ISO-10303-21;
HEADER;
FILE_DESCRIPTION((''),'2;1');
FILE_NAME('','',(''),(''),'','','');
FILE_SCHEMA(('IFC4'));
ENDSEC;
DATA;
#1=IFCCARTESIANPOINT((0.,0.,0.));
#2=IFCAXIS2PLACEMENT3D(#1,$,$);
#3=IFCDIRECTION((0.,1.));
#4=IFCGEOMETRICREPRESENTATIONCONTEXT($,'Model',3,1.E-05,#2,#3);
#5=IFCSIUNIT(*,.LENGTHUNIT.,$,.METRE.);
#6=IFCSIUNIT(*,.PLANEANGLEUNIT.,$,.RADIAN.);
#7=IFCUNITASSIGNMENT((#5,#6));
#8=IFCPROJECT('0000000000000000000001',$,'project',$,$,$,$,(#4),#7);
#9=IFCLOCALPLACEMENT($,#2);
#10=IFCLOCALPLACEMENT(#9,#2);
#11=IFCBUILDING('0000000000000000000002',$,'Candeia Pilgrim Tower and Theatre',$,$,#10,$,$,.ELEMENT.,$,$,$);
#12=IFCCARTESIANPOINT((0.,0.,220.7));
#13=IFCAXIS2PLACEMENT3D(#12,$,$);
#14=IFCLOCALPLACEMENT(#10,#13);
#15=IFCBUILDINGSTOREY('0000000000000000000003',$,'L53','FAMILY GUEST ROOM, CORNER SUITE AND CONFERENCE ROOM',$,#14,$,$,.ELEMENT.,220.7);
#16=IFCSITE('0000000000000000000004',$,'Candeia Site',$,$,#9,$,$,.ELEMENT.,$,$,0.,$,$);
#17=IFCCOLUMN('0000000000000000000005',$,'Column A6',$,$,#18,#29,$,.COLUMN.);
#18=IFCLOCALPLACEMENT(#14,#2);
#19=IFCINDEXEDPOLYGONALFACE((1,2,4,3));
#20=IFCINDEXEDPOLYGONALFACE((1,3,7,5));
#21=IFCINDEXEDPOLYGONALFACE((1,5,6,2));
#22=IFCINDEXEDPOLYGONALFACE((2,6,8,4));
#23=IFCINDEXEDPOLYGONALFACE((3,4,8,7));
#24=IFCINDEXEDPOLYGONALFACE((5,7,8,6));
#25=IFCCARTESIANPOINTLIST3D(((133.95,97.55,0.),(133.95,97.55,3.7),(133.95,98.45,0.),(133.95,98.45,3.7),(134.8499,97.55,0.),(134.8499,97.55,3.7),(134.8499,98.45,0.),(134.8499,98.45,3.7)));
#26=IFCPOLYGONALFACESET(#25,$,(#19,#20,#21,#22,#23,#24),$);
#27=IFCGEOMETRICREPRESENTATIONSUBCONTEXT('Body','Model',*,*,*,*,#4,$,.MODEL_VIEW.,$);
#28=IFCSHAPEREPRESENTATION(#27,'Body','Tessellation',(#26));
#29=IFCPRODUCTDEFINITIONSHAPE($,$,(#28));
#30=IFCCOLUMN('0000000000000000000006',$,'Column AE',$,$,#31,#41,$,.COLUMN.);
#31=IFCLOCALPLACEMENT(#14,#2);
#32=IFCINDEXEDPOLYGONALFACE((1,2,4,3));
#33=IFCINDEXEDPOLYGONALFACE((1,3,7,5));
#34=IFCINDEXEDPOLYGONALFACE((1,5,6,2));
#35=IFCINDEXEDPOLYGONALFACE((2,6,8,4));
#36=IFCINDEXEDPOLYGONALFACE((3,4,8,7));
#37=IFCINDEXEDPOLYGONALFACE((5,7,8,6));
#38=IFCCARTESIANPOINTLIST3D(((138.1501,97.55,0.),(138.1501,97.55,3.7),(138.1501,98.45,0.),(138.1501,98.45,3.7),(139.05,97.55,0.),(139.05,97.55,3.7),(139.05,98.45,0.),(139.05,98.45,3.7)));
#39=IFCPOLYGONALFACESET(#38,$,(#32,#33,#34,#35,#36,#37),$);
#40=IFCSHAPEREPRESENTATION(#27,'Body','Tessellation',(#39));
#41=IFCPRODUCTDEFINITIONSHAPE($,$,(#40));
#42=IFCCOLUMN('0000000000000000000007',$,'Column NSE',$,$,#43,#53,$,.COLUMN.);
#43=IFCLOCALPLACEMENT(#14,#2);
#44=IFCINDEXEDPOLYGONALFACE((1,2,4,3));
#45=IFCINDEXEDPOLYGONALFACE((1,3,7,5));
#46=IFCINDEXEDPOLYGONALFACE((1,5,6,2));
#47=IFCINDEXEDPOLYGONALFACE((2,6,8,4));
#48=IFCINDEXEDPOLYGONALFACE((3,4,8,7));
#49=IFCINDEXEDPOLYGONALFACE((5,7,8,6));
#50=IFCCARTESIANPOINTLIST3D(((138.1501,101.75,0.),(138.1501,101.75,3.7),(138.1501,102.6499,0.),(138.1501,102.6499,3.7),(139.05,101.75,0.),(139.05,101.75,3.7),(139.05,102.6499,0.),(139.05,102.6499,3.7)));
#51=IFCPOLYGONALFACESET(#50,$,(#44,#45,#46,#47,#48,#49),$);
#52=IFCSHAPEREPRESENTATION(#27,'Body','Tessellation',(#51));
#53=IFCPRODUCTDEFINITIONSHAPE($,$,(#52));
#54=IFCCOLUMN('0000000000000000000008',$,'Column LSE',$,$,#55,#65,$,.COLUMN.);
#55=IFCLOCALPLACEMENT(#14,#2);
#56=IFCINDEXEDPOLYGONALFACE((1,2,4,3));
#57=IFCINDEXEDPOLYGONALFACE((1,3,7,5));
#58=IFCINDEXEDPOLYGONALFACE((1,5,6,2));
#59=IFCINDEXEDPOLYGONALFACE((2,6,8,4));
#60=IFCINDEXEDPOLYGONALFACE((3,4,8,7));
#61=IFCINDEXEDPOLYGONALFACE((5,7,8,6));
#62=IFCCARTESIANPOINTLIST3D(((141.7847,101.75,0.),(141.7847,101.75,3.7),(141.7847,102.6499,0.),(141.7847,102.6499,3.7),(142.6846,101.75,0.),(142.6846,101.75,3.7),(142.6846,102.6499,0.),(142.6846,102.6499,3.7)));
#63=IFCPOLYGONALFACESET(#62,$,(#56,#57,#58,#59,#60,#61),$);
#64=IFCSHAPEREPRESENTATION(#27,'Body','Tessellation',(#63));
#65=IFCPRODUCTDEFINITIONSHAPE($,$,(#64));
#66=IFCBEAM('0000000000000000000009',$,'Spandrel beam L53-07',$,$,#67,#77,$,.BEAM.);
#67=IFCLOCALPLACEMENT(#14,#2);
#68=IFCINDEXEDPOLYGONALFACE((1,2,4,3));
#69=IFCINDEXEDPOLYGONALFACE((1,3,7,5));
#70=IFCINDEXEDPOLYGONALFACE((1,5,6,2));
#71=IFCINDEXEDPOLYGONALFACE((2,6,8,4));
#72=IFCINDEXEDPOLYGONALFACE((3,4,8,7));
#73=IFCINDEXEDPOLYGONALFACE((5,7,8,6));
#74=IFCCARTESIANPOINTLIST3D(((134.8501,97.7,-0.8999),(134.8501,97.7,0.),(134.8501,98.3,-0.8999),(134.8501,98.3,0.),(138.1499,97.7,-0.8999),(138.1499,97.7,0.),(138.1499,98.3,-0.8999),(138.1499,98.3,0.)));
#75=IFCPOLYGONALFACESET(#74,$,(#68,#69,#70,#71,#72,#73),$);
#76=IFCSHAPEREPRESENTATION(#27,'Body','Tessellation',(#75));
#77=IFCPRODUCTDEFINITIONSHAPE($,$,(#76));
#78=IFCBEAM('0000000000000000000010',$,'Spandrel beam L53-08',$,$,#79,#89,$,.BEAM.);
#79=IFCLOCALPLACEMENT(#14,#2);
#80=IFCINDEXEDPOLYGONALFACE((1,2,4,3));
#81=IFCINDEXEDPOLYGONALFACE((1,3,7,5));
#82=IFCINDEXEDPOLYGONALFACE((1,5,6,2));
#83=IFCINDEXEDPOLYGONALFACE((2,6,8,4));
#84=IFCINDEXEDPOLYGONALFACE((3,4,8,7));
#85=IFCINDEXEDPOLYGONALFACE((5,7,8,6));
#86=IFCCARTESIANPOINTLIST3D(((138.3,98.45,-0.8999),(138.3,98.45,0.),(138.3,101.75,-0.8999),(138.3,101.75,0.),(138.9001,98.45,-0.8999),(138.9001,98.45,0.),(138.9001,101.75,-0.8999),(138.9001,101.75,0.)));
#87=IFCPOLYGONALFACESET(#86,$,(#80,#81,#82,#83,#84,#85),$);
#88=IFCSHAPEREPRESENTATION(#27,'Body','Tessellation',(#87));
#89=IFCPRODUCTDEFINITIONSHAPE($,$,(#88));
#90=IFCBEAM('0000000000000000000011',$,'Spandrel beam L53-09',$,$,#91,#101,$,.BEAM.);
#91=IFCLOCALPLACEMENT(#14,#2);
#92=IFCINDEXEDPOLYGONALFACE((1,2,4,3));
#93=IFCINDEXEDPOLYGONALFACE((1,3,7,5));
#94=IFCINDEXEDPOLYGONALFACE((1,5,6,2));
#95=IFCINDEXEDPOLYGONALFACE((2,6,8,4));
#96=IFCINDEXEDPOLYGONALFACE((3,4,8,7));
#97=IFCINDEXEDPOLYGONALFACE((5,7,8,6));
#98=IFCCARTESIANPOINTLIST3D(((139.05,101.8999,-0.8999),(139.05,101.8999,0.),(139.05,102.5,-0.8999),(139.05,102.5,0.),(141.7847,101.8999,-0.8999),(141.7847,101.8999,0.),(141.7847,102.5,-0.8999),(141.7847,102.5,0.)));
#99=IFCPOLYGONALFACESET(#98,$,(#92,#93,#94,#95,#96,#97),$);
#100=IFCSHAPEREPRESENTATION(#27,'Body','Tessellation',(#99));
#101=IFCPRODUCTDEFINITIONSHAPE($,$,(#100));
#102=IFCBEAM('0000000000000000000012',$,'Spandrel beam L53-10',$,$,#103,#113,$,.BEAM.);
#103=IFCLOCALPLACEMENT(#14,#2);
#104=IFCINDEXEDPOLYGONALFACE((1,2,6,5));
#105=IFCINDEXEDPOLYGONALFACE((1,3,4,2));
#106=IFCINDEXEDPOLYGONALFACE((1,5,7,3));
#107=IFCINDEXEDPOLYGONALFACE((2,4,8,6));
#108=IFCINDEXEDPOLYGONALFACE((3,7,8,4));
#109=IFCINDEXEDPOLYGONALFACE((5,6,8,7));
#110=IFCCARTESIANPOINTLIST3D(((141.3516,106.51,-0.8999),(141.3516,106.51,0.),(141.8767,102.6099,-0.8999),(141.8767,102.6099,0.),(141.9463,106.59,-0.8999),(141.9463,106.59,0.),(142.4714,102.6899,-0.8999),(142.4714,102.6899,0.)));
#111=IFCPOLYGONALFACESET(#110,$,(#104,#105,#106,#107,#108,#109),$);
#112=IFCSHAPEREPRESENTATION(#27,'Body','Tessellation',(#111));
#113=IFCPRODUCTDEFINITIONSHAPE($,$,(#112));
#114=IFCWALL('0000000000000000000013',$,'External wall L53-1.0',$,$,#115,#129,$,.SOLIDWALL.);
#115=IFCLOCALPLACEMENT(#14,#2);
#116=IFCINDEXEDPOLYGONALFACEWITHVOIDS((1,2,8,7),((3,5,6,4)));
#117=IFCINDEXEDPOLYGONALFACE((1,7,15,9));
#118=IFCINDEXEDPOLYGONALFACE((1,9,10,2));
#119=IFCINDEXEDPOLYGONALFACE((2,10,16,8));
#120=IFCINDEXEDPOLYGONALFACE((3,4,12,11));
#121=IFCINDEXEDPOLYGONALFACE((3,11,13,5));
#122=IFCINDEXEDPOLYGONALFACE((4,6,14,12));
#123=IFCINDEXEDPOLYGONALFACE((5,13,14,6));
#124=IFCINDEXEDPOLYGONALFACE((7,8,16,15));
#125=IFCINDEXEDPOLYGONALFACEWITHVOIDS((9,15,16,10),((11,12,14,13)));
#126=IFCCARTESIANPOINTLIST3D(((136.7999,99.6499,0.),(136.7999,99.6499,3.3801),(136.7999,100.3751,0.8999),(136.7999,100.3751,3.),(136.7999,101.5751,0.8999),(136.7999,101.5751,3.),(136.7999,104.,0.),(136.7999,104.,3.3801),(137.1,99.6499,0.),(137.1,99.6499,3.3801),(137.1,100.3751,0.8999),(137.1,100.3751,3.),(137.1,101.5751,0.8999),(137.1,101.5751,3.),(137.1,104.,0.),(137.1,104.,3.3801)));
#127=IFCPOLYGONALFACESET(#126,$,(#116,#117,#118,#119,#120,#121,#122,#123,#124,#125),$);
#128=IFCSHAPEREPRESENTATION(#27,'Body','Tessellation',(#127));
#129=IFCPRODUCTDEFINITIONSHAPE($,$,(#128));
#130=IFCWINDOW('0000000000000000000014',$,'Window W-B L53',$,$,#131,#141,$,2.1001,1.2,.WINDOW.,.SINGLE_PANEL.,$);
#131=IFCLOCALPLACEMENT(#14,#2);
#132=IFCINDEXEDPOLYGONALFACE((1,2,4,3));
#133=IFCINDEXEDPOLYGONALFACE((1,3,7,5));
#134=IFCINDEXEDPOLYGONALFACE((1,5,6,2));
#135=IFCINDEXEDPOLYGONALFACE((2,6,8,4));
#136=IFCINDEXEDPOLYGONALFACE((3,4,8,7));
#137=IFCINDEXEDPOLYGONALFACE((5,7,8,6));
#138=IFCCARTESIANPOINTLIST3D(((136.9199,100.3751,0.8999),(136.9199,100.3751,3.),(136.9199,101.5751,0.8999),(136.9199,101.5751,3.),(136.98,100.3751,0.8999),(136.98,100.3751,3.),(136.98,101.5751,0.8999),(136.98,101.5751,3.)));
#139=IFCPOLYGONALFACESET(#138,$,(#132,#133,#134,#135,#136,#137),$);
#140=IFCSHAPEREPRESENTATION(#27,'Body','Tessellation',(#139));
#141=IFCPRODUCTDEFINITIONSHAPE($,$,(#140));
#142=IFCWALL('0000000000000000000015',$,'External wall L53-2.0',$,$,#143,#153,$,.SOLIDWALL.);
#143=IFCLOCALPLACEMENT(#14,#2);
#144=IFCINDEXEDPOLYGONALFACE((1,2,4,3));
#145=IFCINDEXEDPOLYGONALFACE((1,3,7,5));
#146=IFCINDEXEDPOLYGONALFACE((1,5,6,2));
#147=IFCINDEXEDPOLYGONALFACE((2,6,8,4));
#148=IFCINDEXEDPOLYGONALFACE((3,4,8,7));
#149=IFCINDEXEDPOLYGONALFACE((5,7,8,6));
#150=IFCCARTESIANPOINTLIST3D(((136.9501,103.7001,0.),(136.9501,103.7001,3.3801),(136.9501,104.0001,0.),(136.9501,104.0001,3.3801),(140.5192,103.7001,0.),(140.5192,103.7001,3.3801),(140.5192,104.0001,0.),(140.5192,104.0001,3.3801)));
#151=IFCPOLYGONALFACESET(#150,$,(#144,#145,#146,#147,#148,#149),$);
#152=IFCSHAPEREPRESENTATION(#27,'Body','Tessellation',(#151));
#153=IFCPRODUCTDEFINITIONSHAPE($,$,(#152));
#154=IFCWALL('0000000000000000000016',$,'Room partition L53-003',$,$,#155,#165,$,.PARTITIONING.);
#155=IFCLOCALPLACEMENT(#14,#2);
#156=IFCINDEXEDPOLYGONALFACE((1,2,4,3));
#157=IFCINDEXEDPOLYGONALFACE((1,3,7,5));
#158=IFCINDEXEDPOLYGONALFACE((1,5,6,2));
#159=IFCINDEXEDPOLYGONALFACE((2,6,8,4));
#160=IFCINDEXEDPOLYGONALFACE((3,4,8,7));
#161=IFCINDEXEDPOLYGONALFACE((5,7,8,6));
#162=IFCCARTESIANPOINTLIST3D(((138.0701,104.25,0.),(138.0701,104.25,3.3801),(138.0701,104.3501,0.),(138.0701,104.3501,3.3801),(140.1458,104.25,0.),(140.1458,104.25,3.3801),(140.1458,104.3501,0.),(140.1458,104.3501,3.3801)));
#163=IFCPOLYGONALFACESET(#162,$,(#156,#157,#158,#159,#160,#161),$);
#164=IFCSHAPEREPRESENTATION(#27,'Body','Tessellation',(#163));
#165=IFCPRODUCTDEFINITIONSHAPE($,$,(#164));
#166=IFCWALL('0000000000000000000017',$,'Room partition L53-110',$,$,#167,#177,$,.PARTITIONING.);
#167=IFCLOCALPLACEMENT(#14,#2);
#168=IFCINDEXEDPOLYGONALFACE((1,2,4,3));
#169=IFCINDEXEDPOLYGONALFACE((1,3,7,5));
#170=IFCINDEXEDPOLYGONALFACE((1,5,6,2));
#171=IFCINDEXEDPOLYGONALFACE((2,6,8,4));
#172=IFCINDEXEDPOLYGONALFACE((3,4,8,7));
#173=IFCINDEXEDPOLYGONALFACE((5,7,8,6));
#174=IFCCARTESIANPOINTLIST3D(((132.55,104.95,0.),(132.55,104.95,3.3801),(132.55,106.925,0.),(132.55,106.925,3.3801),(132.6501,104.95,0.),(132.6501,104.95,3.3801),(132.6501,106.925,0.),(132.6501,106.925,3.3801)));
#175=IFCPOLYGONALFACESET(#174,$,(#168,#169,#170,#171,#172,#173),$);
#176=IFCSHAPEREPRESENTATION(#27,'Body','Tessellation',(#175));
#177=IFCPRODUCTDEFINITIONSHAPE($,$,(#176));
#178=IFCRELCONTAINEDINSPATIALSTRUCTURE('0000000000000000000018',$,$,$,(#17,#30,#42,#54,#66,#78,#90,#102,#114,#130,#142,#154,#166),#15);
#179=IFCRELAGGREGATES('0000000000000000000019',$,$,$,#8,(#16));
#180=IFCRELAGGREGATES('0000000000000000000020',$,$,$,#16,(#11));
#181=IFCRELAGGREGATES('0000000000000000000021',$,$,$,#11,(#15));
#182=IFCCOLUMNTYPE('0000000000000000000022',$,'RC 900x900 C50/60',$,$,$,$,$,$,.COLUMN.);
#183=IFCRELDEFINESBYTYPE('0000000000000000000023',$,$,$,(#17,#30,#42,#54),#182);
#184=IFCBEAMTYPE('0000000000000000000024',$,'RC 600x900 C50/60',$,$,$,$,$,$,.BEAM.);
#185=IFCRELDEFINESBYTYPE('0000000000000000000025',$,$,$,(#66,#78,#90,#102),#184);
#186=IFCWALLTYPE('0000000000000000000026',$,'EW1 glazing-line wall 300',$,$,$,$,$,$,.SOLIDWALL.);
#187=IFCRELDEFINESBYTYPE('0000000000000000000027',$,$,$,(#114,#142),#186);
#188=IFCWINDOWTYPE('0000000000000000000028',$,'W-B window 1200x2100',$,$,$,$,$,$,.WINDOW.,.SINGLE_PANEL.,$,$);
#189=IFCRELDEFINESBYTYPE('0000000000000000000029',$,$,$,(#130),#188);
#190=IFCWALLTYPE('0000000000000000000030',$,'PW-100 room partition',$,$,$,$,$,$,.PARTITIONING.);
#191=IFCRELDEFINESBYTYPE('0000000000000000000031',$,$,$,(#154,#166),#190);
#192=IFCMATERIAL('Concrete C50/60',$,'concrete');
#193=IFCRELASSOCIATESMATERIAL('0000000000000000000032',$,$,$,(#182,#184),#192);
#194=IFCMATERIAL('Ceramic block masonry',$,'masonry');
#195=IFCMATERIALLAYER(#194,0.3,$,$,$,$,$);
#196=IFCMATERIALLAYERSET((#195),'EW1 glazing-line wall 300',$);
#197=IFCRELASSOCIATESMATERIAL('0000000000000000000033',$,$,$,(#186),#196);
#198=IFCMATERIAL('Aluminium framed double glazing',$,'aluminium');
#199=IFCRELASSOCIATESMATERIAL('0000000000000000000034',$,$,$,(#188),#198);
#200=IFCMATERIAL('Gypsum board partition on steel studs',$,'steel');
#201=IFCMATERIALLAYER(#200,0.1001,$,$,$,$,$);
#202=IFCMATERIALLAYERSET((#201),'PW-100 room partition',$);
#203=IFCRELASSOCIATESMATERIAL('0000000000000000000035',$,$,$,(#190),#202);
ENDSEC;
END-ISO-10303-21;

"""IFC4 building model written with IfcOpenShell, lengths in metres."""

from ifc_helpers import new_model, si_unit, direction, frame, frame_2d, origin, origin_2d, place, context, subcontext, project, spatial, rectangle, extrude, material, layer, layer_set, material_profile, profile_set, type_object, element, fill, save


model = new_model("IFC4")

# Units and contexts
model_context = context("Model", 3, precision=1e-05, world=origin(), true_north=direction((0.0, 1.0)))
body_context = subcontext(model_context, "Body", "Model", "MODEL_VIEW")
ifc_project = project(units=[si_unit("LENGTHUNIT", "METRE"), si_unit("PLANEANGLEUNIT", "RADIAN")], contexts=[model_context])

# Site, building, storey
site_placement = place(None, origin())
site = spatial("IfcSite", under=ifc_project, at=site_placement, Name="Candeia Site", CompositionType="ELEMENT", RefElevation=0.0)
building_placement = place(site_placement, origin())
building = spatial("IfcBuilding", under=site, at=building_placement, Name="Candeia Pilgrim Tower and Theatre", CompositionType="ELEMENT")
storey_placement = place(building_placement, frame((0.0, 0.0, 220.7)))
storey = spatial("IfcBuildingStorey", under=building, at=storey_placement, Name="L53", Description="FAMILY GUEST ROOM, CORNER SUITE AND CONFERENCE ROOM", CompositionType="ELEMENT", Elevation=220.7)

# Columns
ifc_material_1 = material(Name="Concrete C50/60", Category="concrete")
ifc_material_profile_1 = material_profile(ifc_material_1, rectangle(XDim=0.8999, YDim=0.8999, at=origin_2d()))
ifc_profile_set_1 = profile_set([ifc_material_profile_1], Name="Concrete C50/60")
column_type = type_object("IfcColumnType", Name="RC 900x900 C50/60", PredefinedType="COLUMN", material=ifc_profile_set_1)
for number, where, z_axis, x_axis, name in (
    (1, (134.3999, 98.0, 0.0), (0.0, 0.0, 1.0), (1.0, 0.0, 0.0), "Column A6"),
    (2, (138.6001, 98.0, 0.0), (0.0, 0.0, 1.0), (1.0, 0.0, 0.0), "Column AE"),
    (3, (138.6001, 102.2, 0.0), (0.0, 0.0, 1.0), (1.0, 0.0, 0.0), "Column NSE"),
    (4, (142.2346, 102.2, 0.0), (0.0, 0.0, 1.0), (1.0, 0.0, 0.0), "Column LSE"),
):
    element("IfcColumn", number, at=place(storey_placement, frame(where, z_axis=z_axis, x_axis=x_axis)), inside=storey, type_object=column_type, Name=name, PredefinedType="COLUMN", context=body_context, shape_type="SweptSolid", body=[
        extrude(rectangle(XDim=0.8999, YDim=0.8999, at=origin_2d()), origin(), (0.0, 0.0, 1.0), 3.7),
    ])

# Beams
ifc_material_profile_2 = material_profile(ifc_material_1, rectangle(XDim=0.6001, YDim=0.8999, at=origin_2d()))
ifc_profile_set_2 = profile_set([ifc_material_profile_2], Name="Concrete C50/60")
beam_type = type_object("IfcBeamType", Name="RC 600x900 C50/60", PredefinedType="BEAM", material=ifc_profile_set_2)
beam_1_placement = place(storey_placement, frame((134.8501, 98.0, -0.45), z_axis=(1.0, 0.0, 0.0), x_axis=(0.0, 1.0, 0.0)))
element("IfcBeam", 5, at=beam_1_placement, inside=storey, type_object=beam_type, Name="Spandrel beam L53-07", PredefinedType="BEAM", context=body_context, shape_type="SweptSolid", body=[
    extrude(rectangle(XDim=0.6001, YDim=0.8999, at=origin_2d()), origin(), (0.0, 0.0, 1.0), 3.2998),
])
beam_2_placement = place(storey_placement, frame((138.6001, 98.45, -0.45), z_axis=(0.0, 1.0, 0.0), x_axis=(-1.0, 0.0, 0.0)))
element("IfcBeam", 6, at=beam_2_placement, inside=storey, type_object=beam_type, Name="Spandrel beam L53-08", PredefinedType="BEAM", context=body_context, shape_type="SweptSolid", body=[
    extrude(rectangle(XDim=0.6001, YDim=0.8999, at=origin_2d()), origin(), (0.0, 0.0, 1.0), 3.3),
])
beam_3_placement = place(storey_placement, frame((139.05, 102.2, -0.45), z_axis=(1.0, 0.0, 0.0), x_axis=(0.0, 1.0, 0.0)))
element("IfcBeam", 7, at=beam_3_placement, inside=storey, type_object=beam_type, Name="Spandrel beam L53-09", PredefinedType="BEAM", context=body_context, shape_type="SweptSolid", body=[
    extrude(rectangle(XDim=0.6001, YDim=0.8999, at=origin_2d()), origin(), (0.0, 0.0, 1.0), 2.7346),
])
beam_4_placement = place(storey_placement, frame((142.1741, 102.6499, -0.45), z_axis=(-0.133444, 0.991056, 0.0), x_axis=(-0.991056, -0.133444, 0.0)))
element("IfcBeam", 8, at=beam_4_placement, inside=storey, type_object=beam_type, Name="Spandrel beam L53-10", PredefinedType="BEAM", context=body_context, shape_type="SweptSolid", body=[
    extrude(rectangle(XDim=0.6001, YDim=0.8999, at=origin_2d()), origin(), (0.0, 0.0, 1.0), 3.9353),
])

# Wall, opening, window
ifc_material_2 = material(Name="Ceramic block masonry", Category="masonry")
ifc_layer_1 = layer(ifc_material_2, 0.3)
ifc_layer_set_1 = layer_set([ifc_layer_1], Name="EW1 glazing-line wall 300")
wall_type_1 = type_object("IfcWallType", Name="EW1 glazing-line wall 300", PredefinedType="SOLIDWALL", material=ifc_layer_set_1)
wall_1_placement = place(storey_placement, frame((136.95, 99.6499, 0.0), z_axis=(0.0, 0.0, 1.0), x_axis=(0.0, 1.0, 0.0)))
wall_1 = element("IfcWall", 9, at=wall_1_placement, inside=storey, type_object=wall_type_1, Name="External wall L53-1.0", PredefinedType="SOLIDWALL", context=body_context, shape_type="SweptSolid", body=[
    extrude(rectangle(XDim=4.3501, YDim=0.3, at=frame_2d((2.175, 0.0))), origin(), (0.0, 0.0, 1.0), 3.3801),
])
opening_1_placement = place(wall_1_placement, frame((0.7251, 0.0, 0.8999)))
opening_1 = element("IfcOpeningElement", 10, at=opening_1_placement, cuts=wall_1, PredefinedType="OPENING", context=body_context, shape_type="SweptSolid", body=[
    extrude(rectangle(XDim=1.2, YDim=2.1001, at=frame_2d((0.6001, 1.05))), frame((0.0, 0.1602, 0.0), z_axis=(0.0, -1.0, 0.0), x_axis=(1.0, 0.0, 0.0)), (0.0, 0.0, 1.0), 0.3201),
])
ifc_material_3 = material(Name="Aluminium framed double glazing", Category="aluminium")
window_type = type_object("IfcWindowType", Name="W-B window 1200x2100", PartitioningType="SINGLE_PANEL", PredefinedType="WINDOW", material=ifc_material_3)
window_1_placement = place(opening_1_placement, origin())
window_1 = element("IfcWindow", 11, at=window_1_placement, inside=storey, type_object=window_type, Name="Window W-B L53", OverallHeight=2.1001, OverallWidth=1.2, PartitioningType="SINGLE_PANEL", PredefinedType="WINDOW", context=body_context, shape_type="SweptSolid", body=[
    extrude(rectangle(XDim=1.2, YDim=2.1001, at=frame_2d((0.6001, 1.05))), frame((0.0, 0.03, 0.0), z_axis=(0.0, -1.0, 0.0), x_axis=(1.0, 0.0, 0.0)), (0.0, 0.0, 1.0), 0.0601),
])
fill(opening_1, window_1)

# Wall
wall_2_placement = place(storey_placement, frame((136.95, 103.8501, 0.0), z_axis=(0.0, 0.0, 1.0), x_axis=(1.0, 0.0, 0.0)))
element("IfcWall", 12, at=wall_2_placement, inside=storey, type_object=wall_type_1, Name="External wall L53-2.0", PredefinedType="SOLIDWALL", context=body_context, shape_type="SweptSolid", body=[
    extrude(rectangle(XDim=3.5691, YDim=0.3, at=frame_2d((1.7847, 0.0))), origin(), (0.0, 0.0, 1.0), 3.3801),
])

# Walls
ifc_material_4 = material(Name="Gypsum board partition on steel studs", Category="steel")
ifc_layer_2 = layer(ifc_material_4, 0.1001)
ifc_layer_set_2 = layer_set([ifc_layer_2], Name="PW-100 room partition")
wall_type_2 = type_object("IfcWallType", Name="PW-100 room partition", PredefinedType="PARTITIONING", material=ifc_layer_set_2)
wall_3_placement = place(storey_placement, frame((138.0701, 104.3, 0.0), z_axis=(0.0, 0.0, 1.0), x_axis=(1.0, 0.0, 0.0)))
element("IfcWall", 13, at=wall_3_placement, inside=storey, type_object=wall_type_2, Name="Room partition L53-003", PredefinedType="PARTITIONING", context=body_context, shape_type="SweptSolid", body=[
    extrude(rectangle(XDim=2.0757, YDim=0.1001, at=frame_2d((1.0378, 0.0))), origin(), (0.0, 0.0, 1.0), 3.3801),
])
wall_4_placement = place(storey_placement, frame((132.6001, 104.95, 0.0), z_axis=(0.0, 0.0, 1.0), x_axis=(0.0, 1.0, 0.0)))
element("IfcWall", 14, at=wall_4_placement, inside=storey, type_object=wall_type_2, Name="Room partition L53-110", PredefinedType="PARTITIONING", context=body_context, shape_type="SweptSolid", body=[
    extrude(rectangle(XDim=1.9751, YDim=0.1001, at=frame_2d((0.9875, 0.0))), origin(), (0.0, 0.0, 1.0), 3.3801),
])

save(model, "model.ifc")
